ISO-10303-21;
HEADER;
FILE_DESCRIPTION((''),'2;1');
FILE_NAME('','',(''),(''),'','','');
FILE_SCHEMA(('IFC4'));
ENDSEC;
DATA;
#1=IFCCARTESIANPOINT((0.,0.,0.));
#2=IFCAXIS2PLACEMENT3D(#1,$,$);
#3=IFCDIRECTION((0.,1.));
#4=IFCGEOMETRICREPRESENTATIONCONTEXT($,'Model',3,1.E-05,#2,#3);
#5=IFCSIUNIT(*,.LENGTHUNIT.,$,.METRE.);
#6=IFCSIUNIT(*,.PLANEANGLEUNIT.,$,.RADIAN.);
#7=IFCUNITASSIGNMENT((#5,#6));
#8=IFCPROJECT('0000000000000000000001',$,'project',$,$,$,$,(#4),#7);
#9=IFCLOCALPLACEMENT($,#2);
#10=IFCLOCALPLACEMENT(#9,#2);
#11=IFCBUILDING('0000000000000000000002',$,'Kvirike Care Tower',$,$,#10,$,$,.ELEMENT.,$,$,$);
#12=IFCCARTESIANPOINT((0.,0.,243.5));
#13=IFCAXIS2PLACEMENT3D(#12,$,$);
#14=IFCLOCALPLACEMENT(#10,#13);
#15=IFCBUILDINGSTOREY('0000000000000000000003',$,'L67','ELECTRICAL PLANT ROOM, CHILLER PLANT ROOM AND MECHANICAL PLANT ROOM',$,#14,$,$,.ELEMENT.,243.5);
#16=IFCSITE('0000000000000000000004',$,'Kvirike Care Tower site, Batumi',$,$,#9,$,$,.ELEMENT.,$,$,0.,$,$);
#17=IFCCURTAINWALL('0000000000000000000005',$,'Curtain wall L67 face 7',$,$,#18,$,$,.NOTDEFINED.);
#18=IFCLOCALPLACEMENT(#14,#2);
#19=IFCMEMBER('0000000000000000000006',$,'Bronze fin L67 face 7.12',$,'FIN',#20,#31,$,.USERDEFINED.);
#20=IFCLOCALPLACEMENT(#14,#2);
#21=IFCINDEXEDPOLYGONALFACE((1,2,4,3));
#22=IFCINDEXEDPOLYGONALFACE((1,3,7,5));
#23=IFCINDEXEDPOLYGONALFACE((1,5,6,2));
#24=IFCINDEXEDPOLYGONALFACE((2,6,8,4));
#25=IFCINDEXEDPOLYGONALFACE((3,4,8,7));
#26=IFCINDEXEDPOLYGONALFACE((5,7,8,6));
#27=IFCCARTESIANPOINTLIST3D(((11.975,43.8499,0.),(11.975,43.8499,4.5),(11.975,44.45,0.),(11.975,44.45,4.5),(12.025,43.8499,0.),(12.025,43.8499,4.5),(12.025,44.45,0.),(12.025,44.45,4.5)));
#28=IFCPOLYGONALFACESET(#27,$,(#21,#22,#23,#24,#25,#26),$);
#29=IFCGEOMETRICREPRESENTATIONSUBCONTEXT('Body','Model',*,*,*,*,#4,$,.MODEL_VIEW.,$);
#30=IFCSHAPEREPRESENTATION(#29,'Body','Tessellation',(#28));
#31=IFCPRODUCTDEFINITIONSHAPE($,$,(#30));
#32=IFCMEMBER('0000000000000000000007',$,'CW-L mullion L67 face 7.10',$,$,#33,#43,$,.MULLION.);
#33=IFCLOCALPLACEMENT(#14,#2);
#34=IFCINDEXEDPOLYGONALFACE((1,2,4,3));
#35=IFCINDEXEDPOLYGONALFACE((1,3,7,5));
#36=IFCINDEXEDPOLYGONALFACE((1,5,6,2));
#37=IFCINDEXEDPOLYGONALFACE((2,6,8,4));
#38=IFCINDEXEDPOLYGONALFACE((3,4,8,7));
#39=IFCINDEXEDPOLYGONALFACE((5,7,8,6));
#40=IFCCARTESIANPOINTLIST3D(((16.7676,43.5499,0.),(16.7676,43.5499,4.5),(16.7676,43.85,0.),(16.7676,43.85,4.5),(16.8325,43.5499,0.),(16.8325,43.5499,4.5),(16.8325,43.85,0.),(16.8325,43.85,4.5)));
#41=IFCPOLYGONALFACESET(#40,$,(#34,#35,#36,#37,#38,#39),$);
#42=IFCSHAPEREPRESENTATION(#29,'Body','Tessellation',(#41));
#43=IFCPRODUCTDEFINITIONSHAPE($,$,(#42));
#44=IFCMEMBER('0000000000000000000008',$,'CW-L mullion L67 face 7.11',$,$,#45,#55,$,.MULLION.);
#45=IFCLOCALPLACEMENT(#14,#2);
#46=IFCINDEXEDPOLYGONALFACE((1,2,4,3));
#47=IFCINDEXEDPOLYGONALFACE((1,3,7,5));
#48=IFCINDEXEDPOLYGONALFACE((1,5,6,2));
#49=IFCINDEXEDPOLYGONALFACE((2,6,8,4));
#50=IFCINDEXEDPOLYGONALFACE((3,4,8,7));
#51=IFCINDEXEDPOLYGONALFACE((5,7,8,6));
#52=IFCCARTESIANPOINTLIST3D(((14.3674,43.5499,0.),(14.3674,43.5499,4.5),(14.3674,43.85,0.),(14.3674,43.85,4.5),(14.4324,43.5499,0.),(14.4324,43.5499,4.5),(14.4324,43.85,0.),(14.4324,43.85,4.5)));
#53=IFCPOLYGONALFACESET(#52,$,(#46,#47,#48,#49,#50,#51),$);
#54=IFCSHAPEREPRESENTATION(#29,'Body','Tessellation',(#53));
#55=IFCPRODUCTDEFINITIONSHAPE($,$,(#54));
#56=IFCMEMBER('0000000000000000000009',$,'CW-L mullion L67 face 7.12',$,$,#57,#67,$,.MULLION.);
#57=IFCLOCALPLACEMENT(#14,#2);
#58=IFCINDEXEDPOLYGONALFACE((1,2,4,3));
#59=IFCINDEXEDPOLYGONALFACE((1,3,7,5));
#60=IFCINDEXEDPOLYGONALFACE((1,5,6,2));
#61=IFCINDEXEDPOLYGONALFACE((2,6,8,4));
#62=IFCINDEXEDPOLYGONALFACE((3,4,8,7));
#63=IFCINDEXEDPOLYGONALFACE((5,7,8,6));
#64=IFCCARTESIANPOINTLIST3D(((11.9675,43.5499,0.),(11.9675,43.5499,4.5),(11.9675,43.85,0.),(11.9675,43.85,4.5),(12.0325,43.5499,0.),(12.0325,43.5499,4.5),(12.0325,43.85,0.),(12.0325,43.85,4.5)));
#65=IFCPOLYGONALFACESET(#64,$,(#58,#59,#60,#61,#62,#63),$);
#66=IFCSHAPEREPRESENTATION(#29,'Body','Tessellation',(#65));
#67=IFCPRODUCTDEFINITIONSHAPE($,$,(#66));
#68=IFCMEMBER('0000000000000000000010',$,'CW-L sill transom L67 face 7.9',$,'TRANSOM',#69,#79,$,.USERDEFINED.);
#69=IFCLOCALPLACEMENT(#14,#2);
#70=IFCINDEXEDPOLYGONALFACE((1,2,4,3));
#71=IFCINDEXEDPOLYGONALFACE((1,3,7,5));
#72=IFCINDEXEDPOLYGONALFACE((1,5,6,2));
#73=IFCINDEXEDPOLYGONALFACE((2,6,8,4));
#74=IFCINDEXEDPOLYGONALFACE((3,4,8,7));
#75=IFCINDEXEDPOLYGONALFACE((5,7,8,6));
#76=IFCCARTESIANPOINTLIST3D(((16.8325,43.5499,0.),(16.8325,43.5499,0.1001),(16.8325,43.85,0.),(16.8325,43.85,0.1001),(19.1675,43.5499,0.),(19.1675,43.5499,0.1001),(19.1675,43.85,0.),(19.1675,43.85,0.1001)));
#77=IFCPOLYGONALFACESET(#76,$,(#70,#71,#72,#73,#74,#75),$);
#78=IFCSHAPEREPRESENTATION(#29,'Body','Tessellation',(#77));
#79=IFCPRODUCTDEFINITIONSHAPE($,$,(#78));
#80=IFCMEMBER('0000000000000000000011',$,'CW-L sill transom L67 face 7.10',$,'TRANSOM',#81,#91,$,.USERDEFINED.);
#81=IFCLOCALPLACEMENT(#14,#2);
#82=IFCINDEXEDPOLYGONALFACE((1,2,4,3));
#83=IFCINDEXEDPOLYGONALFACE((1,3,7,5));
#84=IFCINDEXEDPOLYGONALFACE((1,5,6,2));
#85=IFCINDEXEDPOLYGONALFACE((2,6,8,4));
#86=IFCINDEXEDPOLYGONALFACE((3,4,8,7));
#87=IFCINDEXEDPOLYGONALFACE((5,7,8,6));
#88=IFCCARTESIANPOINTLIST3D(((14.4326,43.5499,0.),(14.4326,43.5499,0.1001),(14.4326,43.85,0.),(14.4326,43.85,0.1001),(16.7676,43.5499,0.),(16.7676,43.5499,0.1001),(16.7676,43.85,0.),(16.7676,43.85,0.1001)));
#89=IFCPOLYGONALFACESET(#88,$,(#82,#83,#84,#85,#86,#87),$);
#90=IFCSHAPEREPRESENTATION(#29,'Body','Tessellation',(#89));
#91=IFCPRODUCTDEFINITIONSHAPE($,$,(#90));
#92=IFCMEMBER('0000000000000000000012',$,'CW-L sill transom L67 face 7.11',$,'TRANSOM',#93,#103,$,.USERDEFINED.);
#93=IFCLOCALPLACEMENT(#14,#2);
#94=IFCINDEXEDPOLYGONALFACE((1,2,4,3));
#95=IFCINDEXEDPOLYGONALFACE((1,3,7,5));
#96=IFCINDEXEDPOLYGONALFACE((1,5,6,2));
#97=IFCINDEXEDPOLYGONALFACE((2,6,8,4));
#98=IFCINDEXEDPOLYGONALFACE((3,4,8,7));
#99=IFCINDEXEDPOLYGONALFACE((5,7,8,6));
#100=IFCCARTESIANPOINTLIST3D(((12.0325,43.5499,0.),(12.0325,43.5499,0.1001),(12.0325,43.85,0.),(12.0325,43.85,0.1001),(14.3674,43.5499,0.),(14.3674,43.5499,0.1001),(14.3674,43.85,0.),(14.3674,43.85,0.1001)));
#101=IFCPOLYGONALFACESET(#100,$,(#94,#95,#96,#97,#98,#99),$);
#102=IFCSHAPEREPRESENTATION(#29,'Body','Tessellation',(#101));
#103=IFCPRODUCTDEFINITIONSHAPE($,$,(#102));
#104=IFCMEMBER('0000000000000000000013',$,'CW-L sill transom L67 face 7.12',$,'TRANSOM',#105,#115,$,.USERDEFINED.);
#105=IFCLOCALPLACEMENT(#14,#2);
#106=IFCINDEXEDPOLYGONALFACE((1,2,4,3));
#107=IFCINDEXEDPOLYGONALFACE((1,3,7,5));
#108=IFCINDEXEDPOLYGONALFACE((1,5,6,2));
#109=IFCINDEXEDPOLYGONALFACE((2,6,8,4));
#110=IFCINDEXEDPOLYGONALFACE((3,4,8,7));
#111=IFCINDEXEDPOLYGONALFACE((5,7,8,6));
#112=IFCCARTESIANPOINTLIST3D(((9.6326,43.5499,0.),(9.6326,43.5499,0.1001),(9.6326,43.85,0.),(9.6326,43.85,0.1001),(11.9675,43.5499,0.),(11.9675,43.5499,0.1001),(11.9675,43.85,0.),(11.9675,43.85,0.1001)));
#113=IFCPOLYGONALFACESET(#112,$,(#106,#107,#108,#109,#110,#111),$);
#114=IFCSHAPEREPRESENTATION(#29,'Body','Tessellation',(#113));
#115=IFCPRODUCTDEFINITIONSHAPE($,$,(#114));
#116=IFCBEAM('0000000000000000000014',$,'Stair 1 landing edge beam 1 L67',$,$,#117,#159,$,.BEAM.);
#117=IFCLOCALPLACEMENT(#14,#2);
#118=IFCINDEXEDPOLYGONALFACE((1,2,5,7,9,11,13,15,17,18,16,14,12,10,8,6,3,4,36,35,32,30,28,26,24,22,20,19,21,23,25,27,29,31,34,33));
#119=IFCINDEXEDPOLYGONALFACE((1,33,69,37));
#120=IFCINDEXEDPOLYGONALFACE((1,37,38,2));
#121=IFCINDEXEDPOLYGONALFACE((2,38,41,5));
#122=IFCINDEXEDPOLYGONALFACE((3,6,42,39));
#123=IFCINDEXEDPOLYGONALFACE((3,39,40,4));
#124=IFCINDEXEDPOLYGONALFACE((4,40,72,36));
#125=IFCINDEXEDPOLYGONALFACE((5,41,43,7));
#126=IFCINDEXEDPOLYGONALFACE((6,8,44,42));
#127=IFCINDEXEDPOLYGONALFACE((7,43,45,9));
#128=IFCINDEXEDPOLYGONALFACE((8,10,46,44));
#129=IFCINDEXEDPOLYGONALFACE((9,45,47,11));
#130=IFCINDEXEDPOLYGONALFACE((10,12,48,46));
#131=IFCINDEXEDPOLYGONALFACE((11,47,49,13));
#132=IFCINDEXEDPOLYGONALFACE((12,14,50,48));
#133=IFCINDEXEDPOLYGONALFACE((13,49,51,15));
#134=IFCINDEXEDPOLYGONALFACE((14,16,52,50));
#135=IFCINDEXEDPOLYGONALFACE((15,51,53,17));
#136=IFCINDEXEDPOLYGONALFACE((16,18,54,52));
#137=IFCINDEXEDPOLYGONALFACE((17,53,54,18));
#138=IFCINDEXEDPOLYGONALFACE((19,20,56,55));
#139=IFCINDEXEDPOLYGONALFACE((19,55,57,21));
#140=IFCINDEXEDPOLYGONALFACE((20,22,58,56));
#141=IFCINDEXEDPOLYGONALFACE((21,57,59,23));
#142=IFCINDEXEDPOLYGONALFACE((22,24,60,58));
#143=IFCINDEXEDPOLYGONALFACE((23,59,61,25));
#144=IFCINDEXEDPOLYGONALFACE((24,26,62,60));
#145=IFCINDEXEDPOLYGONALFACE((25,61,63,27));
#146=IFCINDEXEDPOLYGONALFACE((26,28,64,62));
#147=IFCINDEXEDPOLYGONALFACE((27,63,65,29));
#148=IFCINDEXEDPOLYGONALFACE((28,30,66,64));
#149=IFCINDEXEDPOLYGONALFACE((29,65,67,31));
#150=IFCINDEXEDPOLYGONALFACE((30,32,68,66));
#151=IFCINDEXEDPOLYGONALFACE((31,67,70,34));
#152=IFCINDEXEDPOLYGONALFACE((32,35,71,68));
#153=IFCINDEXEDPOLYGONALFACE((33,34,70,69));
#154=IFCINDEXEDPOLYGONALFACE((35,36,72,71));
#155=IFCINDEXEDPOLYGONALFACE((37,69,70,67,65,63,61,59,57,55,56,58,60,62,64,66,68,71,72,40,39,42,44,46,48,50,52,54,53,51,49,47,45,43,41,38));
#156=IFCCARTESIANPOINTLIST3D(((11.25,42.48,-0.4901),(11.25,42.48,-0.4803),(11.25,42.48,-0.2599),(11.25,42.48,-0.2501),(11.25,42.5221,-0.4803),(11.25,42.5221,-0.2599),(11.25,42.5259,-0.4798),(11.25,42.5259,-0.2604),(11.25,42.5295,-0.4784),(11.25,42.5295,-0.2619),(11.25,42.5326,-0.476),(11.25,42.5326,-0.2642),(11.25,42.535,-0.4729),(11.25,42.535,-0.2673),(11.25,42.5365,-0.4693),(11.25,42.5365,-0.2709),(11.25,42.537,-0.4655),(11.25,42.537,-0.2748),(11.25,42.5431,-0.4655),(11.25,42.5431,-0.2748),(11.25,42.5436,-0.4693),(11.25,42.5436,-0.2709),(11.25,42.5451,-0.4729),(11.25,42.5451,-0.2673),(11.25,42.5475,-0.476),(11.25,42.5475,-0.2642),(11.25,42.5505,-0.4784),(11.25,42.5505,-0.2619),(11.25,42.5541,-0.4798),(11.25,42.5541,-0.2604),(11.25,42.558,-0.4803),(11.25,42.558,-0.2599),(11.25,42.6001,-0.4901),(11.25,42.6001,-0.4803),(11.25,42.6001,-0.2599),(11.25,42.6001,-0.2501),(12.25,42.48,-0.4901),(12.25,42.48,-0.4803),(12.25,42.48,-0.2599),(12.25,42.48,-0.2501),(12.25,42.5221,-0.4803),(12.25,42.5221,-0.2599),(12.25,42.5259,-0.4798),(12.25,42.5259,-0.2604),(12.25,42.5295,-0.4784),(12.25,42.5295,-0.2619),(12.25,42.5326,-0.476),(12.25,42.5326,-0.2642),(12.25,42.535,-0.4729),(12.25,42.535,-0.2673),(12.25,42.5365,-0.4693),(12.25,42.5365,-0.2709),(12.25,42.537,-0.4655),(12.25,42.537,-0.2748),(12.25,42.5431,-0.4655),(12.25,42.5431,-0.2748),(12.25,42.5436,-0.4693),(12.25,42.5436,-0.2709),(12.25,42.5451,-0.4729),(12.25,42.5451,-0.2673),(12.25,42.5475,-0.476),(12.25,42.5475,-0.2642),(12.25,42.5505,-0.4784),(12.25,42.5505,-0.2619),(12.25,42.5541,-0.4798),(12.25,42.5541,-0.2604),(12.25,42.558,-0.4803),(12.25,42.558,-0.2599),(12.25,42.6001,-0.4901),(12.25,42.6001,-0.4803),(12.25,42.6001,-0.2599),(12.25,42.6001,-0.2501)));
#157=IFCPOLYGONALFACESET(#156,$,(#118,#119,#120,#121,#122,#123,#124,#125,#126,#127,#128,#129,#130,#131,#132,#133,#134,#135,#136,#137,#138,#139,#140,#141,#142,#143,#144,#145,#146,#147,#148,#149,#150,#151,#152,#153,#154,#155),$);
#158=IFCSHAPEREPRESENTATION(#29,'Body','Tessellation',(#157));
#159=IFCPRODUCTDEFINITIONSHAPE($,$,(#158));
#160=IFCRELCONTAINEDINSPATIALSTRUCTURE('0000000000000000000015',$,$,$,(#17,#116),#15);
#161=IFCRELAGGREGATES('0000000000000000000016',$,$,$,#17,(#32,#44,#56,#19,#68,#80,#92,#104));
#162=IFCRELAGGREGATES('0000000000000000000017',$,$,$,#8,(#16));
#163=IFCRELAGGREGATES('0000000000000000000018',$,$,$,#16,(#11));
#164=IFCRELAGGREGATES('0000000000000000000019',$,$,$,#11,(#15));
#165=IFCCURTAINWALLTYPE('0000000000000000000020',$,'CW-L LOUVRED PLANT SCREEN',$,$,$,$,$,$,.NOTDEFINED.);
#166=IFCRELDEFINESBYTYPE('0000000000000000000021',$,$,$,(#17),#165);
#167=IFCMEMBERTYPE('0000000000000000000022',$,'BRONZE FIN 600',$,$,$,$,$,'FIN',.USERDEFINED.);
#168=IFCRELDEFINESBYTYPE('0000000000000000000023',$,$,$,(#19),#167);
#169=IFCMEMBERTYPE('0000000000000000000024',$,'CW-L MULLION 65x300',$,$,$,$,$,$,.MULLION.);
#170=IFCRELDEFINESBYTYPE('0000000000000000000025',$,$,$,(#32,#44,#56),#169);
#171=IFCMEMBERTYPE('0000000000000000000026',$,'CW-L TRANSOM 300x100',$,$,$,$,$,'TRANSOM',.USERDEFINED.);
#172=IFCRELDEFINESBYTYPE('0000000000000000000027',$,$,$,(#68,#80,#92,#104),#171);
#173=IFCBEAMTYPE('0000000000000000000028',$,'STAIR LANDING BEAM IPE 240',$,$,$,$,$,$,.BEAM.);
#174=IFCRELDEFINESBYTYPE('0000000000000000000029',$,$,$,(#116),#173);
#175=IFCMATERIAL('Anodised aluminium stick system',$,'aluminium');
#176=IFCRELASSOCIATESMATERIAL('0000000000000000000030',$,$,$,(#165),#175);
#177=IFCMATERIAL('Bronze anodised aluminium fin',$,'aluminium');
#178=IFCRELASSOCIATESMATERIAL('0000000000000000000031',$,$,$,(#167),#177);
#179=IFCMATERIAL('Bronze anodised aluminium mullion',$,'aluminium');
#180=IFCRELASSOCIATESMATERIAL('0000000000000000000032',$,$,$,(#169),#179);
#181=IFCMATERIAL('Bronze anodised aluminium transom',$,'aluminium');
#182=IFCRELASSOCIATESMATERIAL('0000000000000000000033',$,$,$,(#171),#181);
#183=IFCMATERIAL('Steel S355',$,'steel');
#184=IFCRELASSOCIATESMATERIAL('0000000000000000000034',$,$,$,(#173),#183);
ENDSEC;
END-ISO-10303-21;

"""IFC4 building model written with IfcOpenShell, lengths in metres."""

from ifc_helpers import new_model, si_unit, direction, frame, origin, origin_2d, place, context, subcontext, project, spatial, rectangle, i_section, extrude, material, material_profile, profile_set, type_object, element, aggregate, save


model = new_model("IFC4")

# Units and contexts
model_context = context("Model", 3, precision=1e-05, world=origin(), true_north=direction((0.0, 1.0)))
body_context = subcontext(model_context, "Body", "Model", "MODEL_VIEW")
ifc_project = project(units=[si_unit("LENGTHUNIT", "METRE"), si_unit("PLANEANGLEUNIT", "RADIAN")], contexts=[model_context])

# Site, building, storey
site_placement = place(None, origin())
site = spatial("IfcSite", under=ifc_project, at=site_placement, Name="Kvirike Care Tower site, Batumi", CompositionType="ELEMENT", RefElevation=0.0)
building_placement = place(site_placement, origin())
building = spatial("IfcBuilding", under=site, at=building_placement, Name="Kvirike Care Tower", CompositionType="ELEMENT")
storey_placement = place(building_placement, frame((0.0, 0.0, 243.5)))
storey = spatial("IfcBuildingStorey", under=building, at=storey_placement, Name="L67", Description="ELECTRICAL PLANT ROOM, CHILLER PLANT ROOM AND MECHANICAL PLANT ROOM", CompositionType="ELEMENT", Elevation=243.5)

# Curtain wall, members
ifc_material_1 = material(Name="Anodised aluminium stick system", Category="aluminium")
curtain_wall_type = type_object("IfcCurtainWallType", Name="CW-L LOUVRED PLANT SCREEN", PredefinedType="NOTDEFINED", material=ifc_material_1)
curtain_wall_placement = place(storey_placement, origin())
curtain_wall = element("IfcCurtainWall", 1, at=curtain_wall_placement, inside=storey, type_object=curtain_wall_type, Name="Curtain wall L67 face 7", PredefinedType="NOTDEFINED")
ifc_material_2 = material(Name="Bronze anodised aluminium fin", Category="aluminium")
ifc_material_profile_1 = material_profile(ifc_material_2, rectangle(XDim=0.05, YDim=0.6001, at=origin_2d()), Name="BRONZE FIN 600")
ifc_profile_set_1 = profile_set([ifc_material_profile_1], Name="Bronze anodised aluminium fin")
member_type_1 = type_object("IfcMemberType", Name="BRONZE FIN 600", ElementType="FIN", PredefinedType="USERDEFINED", material=ifc_profile_set_1)
member_1_placement = place(storey_placement, frame((12.0, 44.1499, 0.0), z_axis=(0.0, 0.0, 1.0), x_axis=(-1.0, 0.0, 0.0)))
member_1 = element("IfcMember", 2, at=member_1_placement, type_object=member_type_1, Name="Bronze fin L67 face 7.12", ObjectType="FIN", PredefinedType="USERDEFINED", context=body_context, shape_type="SweptSolid", body=[
    extrude(rectangle(XDim=0.05, YDim=0.6001, at=origin_2d()), origin(), (0.0, 0.0, 1.0), 4.5),
])
ifc_material_3 = material(Name="Bronze anodised aluminium mullion", Category="aluminium")
ifc_material_profile_2 = material_profile(ifc_material_3, rectangle(XDim=0.0649, YDim=0.3, at=origin_2d()), Name="CW-L MULLION 65x300")
ifc_profile_set_2 = profile_set([ifc_material_profile_2], Name="Bronze anodised aluminium mullion")
member_type_2 = type_object("IfcMemberType", Name="CW-L MULLION 65x300", PredefinedType="MULLION", material=ifc_profile_set_2)
member_2_placement = place(storey_placement, frame((16.8, 43.7, 0.0), z_axis=(0.0, 0.0, 1.0), x_axis=(-1.0, 0.0, 0.0)))
member_2 = element("IfcMember", 3, at=member_2_placement, type_object=member_type_2, Name="CW-L mullion L67 face 7.10", PredefinedType="MULLION", context=body_context, shape_type="SweptSolid", body=[
    extrude(rectangle(XDim=0.0649, YDim=0.3, at=origin_2d()), origin(), (0.0, 0.0, 1.0), 4.5),
])
member_3_placement = place(storey_placement, frame((14.3999, 43.7, 0.0), z_axis=(0.0, 0.0, 1.0), x_axis=(-1.0, 0.0, 0.0)))
member_3 = element("IfcMember", 4, at=member_3_placement, type_object=member_type_2, Name="CW-L mullion L67 face 7.11", PredefinedType="MULLION", context=body_context, shape_type="SweptSolid", body=[
    extrude(rectangle(XDim=0.0649, YDim=0.3, at=origin_2d()), origin(), (0.0, 0.0, 1.0), 4.5),
])
member_4_placement = place(storey_placement, frame((12.0, 43.7, 0.0), z_axis=(0.0, 0.0, 1.0), x_axis=(-1.0, 0.0, 0.0)))
member_4 = element("IfcMember", 5, at=member_4_placement, type_object=member_type_2, Name="CW-L mullion L67 face 7.12", PredefinedType="MULLION", context=body_context, shape_type="SweptSolid", body=[
    extrude(rectangle(XDim=0.0649, YDim=0.3, at=origin_2d()), origin(), (0.0, 0.0, 1.0), 4.5),
])
ifc_material_4 = material(Name="Bronze anodised aluminium transom", Category="aluminium")
ifc_material_profile_3 = material_profile(ifc_material_4, rectangle(XDim=0.3, YDim=0.1001, at=origin_2d()), Name="CW-L TRANSOM 300x100")
ifc_profile_set_3 = profile_set([ifc_material_profile_3], Name="Bronze anodised aluminium transom")
member_type_3 = type_object("IfcMemberType", Name="CW-L TRANSOM 300x100", ElementType="TRANSOM", PredefinedType="USERDEFINED", material=ifc_profile_set_3)
member_5_placement = place(storey_placement, frame((19.1675, 43.7, 0.05), z_axis=(-1.0, 0.0, 0.0), x_axis=(0.0, -1.0, 0.0)))
member_5 = element("IfcMember", 6, at=member_5_placement, type_object=member_type_3, Name="CW-L sill transom L67 face 7.9", ObjectType="TRANSOM", PredefinedType="USERDEFINED", context=body_context, shape_type="SweptSolid", body=[
    extrude(rectangle(XDim=0.3, YDim=0.1001, at=origin_2d()), origin(), (0.0, 0.0, 1.0), 2.335),
])
member_6_placement = place(storey_placement, frame((16.7676, 43.7, 0.05), z_axis=(-1.0, 0.0, 0.0), x_axis=(0.0, -1.0, 0.0)))
member_6 = element("IfcMember", 7, at=member_6_placement, type_object=member_type_3, Name="CW-L sill transom L67 face 7.10", ObjectType="TRANSOM", PredefinedType="USERDEFINED", context=body_context, shape_type="SweptSolid", body=[
    extrude(rectangle(XDim=0.3, YDim=0.1001, at=origin_2d()), origin(), (0.0, 0.0, 1.0), 2.335),
])
member_7_placement = place(storey_placement, frame((14.3674, 43.7, 0.05), z_axis=(-1.0, 0.0, 0.0), x_axis=(0.0, -1.0, 0.0)))
member_7 = element("IfcMember", 8, at=member_7_placement, type_object=member_type_3, Name="CW-L sill transom L67 face 7.11", ObjectType="TRANSOM", PredefinedType="USERDEFINED", context=body_context, shape_type="SweptSolid", body=[
    extrude(rectangle(XDim=0.3, YDim=0.1001, at=origin_2d()), origin(), (0.0, 0.0, 1.0), 2.335),
])
member_8_placement = place(storey_placement, frame((11.9675, 43.7, 0.05), z_axis=(-1.0, 0.0, 0.0), x_axis=(0.0, -1.0, 0.0)))
member_8 = element("IfcMember", 9, at=member_8_placement, type_object=member_type_3, Name="CW-L sill transom L67 face 7.12", ObjectType="TRANSOM", PredefinedType="USERDEFINED", context=body_context, shape_type="SweptSolid", body=[
    extrude(rectangle(XDim=0.3, YDim=0.1001, at=origin_2d()), origin(), (0.0, 0.0, 1.0), 2.335),
])

# Beam
ifc_material_5 = material(Name="Steel S355", Category="steel")
ifc_material_profile_4 = material_profile(ifc_material_5, i_section(OverallWidth=0.1201, OverallDepth=0.24, WebThickness=0.0061, FlangeThickness=0.0098, FilletRadius=0.0149, at=origin_2d()), Name="IPE 240")
ifc_profile_set_4 = profile_set([ifc_material_profile_4], Name="Steel S355")
beam_type_1 = type_object("IfcBeamType", Name="STAIR LANDING BEAM IPE 240", PredefinedType="BEAM", material=ifc_profile_set_4)
for number, where, z_axis, x_axis, name in (
    (10, (11.25, 42.54, -0.3701), (1.0, 0.0, 0.0), (0.0, 1.0, 0.0), "Stair 1 landing edge beam 1 L67"),
):
    element("IfcBeam", number, at=place(storey_placement, frame(where, z_axis=z_axis, x_axis=x_axis)), inside=storey, type_object=beam_type_1, Name=name, PredefinedType="BEAM", context=body_context, shape_type="SweptSolid", body=[
        extrude(i_section(OverallWidth=0.1201, OverallDepth=0.24, WebThickness=0.0061, FlangeThickness=0.0098, FilletRadius=0.0149, at=origin_2d()), origin(), (0.0, 0.0, 1.0), 1.0),
    ])

aggregate(curtain_wall, [member_2, member_3, member_4, member_1, member_5, member_6, member_7, member_8])

save(model, "model.ifc")
